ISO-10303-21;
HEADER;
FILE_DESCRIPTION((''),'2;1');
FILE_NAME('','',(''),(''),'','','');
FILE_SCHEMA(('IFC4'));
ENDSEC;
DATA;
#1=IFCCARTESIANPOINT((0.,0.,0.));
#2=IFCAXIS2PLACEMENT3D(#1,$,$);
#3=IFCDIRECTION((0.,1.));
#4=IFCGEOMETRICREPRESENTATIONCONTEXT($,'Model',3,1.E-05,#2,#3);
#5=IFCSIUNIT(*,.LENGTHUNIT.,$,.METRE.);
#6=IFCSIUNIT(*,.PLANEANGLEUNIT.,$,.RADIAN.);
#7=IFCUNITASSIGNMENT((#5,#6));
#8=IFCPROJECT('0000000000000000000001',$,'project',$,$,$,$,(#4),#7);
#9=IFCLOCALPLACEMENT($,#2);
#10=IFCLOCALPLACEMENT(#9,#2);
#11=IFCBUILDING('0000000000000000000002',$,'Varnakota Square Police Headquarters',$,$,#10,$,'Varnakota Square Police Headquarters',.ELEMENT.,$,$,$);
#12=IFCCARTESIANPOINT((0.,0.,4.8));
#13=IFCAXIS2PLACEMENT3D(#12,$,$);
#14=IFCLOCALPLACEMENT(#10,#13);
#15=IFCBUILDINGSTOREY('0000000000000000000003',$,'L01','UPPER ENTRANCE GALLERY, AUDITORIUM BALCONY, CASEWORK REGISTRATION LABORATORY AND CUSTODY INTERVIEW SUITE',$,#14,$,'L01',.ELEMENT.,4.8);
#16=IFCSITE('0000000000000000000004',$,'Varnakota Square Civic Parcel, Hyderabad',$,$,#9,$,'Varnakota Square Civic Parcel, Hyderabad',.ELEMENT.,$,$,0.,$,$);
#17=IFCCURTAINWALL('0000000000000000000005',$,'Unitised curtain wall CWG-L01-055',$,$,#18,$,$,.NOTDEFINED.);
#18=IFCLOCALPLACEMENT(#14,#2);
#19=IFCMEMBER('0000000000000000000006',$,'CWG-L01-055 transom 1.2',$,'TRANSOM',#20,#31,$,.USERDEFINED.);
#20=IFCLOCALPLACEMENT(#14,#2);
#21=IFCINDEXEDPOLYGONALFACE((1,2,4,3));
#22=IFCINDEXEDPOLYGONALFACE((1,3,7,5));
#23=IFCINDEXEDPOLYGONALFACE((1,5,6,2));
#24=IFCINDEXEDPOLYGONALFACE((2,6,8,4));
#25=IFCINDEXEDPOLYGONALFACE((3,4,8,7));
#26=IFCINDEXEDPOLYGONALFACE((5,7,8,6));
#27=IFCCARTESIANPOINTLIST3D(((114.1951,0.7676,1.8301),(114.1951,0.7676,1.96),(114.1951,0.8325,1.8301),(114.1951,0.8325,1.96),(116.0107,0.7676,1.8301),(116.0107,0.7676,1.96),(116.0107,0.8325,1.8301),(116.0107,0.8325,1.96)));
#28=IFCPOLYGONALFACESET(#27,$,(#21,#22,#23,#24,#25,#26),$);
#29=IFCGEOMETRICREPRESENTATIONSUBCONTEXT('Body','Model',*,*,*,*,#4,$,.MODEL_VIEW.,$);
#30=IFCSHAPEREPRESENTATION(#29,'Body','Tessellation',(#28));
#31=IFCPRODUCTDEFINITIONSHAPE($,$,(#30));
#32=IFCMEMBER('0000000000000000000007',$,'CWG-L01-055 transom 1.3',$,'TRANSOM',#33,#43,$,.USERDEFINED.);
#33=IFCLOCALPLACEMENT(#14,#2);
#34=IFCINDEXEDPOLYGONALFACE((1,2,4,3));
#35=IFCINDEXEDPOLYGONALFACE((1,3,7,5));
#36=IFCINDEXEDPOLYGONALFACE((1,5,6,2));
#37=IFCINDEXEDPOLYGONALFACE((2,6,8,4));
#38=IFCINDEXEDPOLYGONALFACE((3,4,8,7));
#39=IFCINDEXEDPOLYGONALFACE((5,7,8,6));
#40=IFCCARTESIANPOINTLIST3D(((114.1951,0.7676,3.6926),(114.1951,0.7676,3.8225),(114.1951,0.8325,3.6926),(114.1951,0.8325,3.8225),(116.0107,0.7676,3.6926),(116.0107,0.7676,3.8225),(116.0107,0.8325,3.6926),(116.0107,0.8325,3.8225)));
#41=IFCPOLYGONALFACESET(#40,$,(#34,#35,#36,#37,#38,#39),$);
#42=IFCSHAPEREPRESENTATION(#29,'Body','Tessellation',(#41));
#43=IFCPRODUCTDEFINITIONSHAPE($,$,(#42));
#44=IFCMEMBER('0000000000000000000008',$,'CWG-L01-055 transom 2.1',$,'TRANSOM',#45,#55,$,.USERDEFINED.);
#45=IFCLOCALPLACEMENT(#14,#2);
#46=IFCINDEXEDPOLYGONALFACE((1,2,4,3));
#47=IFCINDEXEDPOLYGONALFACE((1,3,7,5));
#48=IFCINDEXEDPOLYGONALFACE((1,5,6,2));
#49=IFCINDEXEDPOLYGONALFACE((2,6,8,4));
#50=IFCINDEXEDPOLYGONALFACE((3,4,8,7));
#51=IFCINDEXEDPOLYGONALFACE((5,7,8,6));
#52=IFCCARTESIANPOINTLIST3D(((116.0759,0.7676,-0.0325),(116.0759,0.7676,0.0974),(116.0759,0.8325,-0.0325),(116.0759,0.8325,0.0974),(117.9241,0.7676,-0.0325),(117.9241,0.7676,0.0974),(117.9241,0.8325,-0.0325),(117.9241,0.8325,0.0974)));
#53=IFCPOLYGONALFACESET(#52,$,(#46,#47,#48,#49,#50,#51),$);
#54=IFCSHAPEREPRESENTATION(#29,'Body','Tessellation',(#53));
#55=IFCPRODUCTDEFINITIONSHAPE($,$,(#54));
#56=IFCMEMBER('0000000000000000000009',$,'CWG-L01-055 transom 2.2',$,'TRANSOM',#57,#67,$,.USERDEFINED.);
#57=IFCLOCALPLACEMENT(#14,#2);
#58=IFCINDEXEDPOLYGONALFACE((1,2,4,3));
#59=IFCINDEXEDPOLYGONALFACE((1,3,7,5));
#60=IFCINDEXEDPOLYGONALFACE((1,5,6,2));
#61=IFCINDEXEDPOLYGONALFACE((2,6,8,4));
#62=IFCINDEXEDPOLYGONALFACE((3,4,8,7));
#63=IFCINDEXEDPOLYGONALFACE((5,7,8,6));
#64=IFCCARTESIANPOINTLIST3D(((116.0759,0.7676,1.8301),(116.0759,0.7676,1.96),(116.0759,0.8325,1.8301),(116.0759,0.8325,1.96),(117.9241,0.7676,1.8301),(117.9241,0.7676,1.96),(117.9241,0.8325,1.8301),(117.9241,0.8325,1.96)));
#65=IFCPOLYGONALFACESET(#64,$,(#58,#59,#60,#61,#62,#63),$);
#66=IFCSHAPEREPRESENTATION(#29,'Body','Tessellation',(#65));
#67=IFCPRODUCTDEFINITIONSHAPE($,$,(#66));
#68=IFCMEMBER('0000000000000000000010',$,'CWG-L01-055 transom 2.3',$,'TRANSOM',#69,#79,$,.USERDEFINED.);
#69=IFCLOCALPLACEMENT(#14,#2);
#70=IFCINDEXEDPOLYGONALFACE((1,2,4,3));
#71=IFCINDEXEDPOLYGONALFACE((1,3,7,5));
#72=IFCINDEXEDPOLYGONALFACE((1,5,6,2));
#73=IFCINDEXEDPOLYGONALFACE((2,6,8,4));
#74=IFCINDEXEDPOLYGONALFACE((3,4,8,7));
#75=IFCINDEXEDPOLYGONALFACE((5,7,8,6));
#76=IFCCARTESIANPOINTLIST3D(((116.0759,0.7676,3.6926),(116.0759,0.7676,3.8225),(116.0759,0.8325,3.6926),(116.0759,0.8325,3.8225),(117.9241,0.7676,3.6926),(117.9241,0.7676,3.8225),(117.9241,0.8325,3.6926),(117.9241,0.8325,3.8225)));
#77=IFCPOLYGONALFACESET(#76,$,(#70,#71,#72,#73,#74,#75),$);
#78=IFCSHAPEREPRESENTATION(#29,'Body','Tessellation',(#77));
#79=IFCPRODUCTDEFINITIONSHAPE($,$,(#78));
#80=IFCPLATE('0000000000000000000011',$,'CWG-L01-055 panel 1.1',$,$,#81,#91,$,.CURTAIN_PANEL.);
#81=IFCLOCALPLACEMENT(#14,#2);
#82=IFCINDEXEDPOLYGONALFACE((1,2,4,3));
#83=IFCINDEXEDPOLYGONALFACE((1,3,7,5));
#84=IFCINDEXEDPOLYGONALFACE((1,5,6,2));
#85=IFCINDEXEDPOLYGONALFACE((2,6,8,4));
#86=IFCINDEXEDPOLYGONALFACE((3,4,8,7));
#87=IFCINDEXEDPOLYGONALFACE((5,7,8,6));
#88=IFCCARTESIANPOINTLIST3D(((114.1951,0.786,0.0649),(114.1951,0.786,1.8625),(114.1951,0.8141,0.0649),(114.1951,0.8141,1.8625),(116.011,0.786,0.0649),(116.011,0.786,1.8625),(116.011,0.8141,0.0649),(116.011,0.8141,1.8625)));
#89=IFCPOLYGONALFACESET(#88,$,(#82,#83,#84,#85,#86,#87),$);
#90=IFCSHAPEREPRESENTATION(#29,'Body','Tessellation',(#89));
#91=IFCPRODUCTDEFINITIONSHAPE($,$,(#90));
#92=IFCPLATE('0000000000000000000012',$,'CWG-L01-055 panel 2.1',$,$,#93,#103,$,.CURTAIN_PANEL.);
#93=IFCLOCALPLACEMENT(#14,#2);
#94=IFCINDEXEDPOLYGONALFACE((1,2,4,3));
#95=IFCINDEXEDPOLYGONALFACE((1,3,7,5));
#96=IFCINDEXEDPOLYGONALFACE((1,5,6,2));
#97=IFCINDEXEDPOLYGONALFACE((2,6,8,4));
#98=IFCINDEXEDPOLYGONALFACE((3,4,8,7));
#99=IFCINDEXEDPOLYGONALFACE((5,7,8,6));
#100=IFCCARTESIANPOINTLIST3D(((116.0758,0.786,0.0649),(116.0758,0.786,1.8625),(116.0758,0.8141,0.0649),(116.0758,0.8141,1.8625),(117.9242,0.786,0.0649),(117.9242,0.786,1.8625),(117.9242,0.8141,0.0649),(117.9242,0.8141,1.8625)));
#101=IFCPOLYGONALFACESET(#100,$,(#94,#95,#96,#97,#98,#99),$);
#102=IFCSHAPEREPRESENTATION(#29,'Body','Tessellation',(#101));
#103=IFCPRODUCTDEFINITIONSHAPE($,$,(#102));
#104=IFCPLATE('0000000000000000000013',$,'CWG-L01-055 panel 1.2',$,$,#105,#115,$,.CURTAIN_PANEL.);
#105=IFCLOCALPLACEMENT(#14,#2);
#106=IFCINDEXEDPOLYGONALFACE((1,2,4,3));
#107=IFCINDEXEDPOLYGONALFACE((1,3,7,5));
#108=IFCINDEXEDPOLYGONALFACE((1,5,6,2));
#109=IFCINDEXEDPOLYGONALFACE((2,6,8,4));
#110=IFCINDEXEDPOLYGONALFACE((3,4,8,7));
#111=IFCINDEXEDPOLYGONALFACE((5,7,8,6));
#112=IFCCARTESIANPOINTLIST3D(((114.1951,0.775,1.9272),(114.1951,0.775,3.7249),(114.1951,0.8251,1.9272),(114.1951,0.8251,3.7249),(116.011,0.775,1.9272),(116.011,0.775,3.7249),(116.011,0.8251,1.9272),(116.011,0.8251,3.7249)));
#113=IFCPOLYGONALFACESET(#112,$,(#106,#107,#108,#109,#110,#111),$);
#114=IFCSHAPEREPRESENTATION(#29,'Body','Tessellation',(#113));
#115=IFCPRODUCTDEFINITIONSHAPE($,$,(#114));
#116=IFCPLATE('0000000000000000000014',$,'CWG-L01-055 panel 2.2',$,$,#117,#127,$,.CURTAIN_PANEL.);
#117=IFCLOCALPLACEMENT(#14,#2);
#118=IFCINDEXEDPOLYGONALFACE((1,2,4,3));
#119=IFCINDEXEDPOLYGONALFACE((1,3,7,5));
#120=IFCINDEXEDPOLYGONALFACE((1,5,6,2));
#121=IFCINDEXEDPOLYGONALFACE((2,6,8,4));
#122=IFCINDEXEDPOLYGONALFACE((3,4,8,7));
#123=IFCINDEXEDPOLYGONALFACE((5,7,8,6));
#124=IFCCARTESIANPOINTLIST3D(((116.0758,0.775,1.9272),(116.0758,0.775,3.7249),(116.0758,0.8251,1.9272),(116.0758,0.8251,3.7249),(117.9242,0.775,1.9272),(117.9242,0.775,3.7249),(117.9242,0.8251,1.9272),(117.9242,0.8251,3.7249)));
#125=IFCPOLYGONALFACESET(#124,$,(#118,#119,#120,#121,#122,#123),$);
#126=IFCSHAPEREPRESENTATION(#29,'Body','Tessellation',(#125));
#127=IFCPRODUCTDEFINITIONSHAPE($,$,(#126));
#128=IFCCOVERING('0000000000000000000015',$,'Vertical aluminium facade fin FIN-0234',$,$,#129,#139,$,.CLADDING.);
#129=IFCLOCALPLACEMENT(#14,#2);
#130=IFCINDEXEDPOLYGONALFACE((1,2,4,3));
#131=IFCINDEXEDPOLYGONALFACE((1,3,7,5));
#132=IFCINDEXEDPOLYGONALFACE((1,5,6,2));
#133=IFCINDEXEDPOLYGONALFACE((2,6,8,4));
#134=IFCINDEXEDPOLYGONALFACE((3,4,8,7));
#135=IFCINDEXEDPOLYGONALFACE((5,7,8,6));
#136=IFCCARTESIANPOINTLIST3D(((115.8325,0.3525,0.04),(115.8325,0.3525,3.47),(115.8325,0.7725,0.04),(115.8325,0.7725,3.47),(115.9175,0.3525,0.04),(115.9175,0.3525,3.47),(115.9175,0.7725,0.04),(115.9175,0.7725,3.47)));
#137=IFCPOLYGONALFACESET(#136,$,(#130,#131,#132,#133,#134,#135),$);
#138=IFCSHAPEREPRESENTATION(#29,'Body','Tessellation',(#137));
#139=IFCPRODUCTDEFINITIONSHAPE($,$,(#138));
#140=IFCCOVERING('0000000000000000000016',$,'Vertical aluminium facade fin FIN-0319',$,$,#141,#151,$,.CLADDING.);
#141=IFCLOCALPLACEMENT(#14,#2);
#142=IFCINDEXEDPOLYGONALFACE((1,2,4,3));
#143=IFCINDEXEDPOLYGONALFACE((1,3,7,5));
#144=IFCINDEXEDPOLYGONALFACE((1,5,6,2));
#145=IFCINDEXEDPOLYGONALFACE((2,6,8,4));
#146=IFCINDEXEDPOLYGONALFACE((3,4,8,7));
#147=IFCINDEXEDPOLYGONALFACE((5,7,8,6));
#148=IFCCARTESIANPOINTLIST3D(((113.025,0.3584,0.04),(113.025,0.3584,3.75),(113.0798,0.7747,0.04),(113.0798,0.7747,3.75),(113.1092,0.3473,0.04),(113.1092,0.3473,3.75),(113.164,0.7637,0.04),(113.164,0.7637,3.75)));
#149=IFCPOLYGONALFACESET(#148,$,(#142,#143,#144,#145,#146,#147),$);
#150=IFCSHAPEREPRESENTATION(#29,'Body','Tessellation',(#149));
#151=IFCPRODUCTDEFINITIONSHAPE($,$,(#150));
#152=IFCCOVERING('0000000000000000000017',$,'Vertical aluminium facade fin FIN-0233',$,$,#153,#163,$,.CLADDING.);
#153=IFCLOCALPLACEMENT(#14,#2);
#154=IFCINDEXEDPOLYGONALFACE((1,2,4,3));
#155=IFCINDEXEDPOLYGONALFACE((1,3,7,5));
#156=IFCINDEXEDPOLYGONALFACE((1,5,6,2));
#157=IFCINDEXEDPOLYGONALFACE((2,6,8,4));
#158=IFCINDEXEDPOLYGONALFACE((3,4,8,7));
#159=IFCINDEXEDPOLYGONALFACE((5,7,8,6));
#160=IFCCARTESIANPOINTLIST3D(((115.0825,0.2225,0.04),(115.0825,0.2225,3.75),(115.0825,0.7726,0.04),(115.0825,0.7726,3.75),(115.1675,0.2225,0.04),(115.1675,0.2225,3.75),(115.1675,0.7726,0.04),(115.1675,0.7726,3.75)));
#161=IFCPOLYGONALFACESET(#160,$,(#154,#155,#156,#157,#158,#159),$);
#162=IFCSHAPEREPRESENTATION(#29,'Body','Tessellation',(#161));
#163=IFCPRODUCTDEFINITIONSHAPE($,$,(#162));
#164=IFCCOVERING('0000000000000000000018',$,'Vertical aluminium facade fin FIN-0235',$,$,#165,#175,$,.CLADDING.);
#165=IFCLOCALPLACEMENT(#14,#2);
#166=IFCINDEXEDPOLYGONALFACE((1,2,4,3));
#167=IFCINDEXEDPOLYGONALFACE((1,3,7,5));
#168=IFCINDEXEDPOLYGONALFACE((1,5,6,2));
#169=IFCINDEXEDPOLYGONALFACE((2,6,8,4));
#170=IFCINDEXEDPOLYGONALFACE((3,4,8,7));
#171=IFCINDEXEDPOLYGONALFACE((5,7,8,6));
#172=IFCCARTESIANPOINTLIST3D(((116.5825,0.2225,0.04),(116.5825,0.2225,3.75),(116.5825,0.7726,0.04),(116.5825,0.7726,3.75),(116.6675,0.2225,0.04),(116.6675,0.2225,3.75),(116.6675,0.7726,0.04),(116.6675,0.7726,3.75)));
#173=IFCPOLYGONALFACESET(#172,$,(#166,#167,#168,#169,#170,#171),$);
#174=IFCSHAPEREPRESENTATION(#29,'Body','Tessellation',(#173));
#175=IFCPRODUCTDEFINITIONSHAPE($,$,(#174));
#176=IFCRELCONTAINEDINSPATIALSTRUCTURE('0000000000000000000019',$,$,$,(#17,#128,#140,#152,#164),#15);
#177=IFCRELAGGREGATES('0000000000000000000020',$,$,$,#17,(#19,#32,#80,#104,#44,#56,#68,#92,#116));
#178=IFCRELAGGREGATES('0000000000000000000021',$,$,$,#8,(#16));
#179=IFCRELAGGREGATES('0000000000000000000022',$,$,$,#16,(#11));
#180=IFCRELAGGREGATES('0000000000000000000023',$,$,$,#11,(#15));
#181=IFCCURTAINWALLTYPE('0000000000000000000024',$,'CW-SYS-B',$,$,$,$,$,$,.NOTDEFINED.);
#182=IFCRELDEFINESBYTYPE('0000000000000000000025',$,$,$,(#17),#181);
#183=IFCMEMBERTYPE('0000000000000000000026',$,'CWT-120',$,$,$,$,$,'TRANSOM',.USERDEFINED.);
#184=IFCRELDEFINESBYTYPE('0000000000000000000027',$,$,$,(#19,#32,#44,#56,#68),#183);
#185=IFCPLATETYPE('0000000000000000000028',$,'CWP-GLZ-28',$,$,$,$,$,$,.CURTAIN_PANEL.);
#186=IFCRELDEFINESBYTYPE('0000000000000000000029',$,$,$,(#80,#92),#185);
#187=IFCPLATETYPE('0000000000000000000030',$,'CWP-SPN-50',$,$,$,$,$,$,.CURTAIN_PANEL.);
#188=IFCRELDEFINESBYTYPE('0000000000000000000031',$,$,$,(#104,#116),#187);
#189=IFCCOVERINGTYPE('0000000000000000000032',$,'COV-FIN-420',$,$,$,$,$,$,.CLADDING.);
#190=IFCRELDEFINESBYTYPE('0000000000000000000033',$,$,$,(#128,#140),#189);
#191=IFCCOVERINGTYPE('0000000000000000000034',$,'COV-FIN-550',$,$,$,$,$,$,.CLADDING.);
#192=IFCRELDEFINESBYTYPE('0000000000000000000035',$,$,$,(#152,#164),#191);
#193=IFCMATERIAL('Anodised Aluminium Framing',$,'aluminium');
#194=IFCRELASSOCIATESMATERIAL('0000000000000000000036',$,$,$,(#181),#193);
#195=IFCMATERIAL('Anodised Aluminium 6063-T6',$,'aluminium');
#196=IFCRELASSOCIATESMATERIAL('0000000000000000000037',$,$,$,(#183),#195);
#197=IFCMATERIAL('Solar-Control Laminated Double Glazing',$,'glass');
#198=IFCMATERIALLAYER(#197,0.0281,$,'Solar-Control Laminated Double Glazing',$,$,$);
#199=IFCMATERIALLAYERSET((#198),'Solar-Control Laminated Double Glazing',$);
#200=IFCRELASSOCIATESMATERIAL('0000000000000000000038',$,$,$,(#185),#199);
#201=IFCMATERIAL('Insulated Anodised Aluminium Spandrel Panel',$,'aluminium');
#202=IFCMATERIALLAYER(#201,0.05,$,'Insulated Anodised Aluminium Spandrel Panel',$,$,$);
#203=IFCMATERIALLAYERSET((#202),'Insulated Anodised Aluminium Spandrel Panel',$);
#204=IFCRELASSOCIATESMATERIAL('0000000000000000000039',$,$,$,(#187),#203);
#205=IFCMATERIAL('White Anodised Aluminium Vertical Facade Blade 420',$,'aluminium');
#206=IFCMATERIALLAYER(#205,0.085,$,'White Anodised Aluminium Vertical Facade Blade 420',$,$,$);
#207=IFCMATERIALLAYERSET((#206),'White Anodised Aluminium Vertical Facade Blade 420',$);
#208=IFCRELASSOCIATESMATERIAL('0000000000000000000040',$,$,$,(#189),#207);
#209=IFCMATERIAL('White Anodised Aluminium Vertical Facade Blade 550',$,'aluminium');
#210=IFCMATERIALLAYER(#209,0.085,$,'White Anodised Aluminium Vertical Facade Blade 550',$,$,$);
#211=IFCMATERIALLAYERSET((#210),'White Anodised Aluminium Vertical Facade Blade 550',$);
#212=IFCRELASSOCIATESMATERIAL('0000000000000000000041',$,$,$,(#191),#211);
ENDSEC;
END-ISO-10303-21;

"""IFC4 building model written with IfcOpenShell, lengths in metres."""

from ifc_helpers import new_model, si_unit, direction, frame, origin, origin_2d, place, context, subcontext, project, spatial, rectangle, extrude, material, layer, layer_set, material_profile, profile_set, type_object, element, aggregate, save


model = new_model("IFC4")

# Units and contexts
model_context = context("Model", 3, precision=1e-05, world=origin(), true_north=direction((0.0, 1.0)))
body_context = subcontext(model_context, "Body", "Model", "MODEL_VIEW")
ifc_project = project(units=[si_unit("LENGTHUNIT", "METRE"), si_unit("PLANEANGLEUNIT", "RADIAN")], contexts=[model_context])

# Site, building, storey
site_placement = place(None, origin())
site = spatial("IfcSite", under=ifc_project, at=site_placement, Name="Varnakota Square Civic Parcel, Hyderabad", LongName="Varnakota Square Civic Parcel, Hyderabad", CompositionType="ELEMENT", RefElevation=0.0)
building_placement = place(site_placement, origin())
building = spatial("IfcBuilding", under=site, at=building_placement, Name="Varnakota Square Police Headquarters", LongName="Varnakota Square Police Headquarters", CompositionType="ELEMENT")
storey_placement = place(building_placement, frame((0.0, 0.0, 4.8)))
storey = spatial("IfcBuildingStorey", under=building, at=storey_placement, Name="L01", Description="UPPER ENTRANCE GALLERY, AUDITORIUM BALCONY, CASEWORK REGISTRATION LABORATORY AND CUSTODY INTERVIEW SUITE", LongName="L01", CompositionType="ELEMENT", Elevation=4.8)

# Curtain wall, members, plates
ifc_material_1 = material(Name="Anodised Aluminium Framing", Category="aluminium")
curtain_wall_type = type_object("IfcCurtainWallType", Name="CW-SYS-B", PredefinedType="NOTDEFINED", material=ifc_material_1)
curtain_wall_placement = place(storey_placement, origin())
curtain_wall = element("IfcCurtainWall", 1, at=curtain_wall_placement, inside=storey, type_object=curtain_wall_type, Name="Unitised curtain wall CWG-L01-055", PredefinedType="NOTDEFINED")
ifc_material_2 = material(Name="Anodised Aluminium 6063-T6", Category="aluminium")
ifc_material_profile_1 = material_profile(ifc_material_2, rectangle(XDim=0.0649, YDim=0.1299, at=origin_2d()), Name="ALU TRANSOM 65x130")
ifc_profile_set_1 = profile_set([ifc_material_profile_1], Name="Anodised Aluminium 6063-T6")
member_type_1 = type_object("IfcMemberType", Name="CWT-120", ElementType="TRANSOM", PredefinedType="USERDEFINED", material=ifc_profile_set_1)
member_1_placement = place(storey_placement, frame((114.1951, 0.8, 1.895), z_axis=(1.0, 0.0, 0.0), x_axis=(0.0, 1.0, 0.0)))
member_1 = element("IfcMember", 2, at=member_1_placement, type_object=member_type_1, Name="CWG-L01-055 transom 1.2", ObjectType="TRANSOM", PredefinedType="USERDEFINED", context=body_context, shape_type="SweptSolid", body=[
    extrude(rectangle(XDim=0.0649, YDim=0.1299, at=origin_2d()), origin(), (0.0, 0.0, 1.0), 1.8157),
])
member_2_placement = place(storey_placement, frame((114.1951, 0.8, 3.7576), z_axis=(1.0, 0.0, 0.0), x_axis=(0.0, 1.0, 0.0)))
member_2 = element("IfcMember", 3, at=member_2_placement, type_object=member_type_1, Name="CWG-L01-055 transom 1.3", ObjectType="TRANSOM", PredefinedType="USERDEFINED", context=body_context, shape_type="SweptSolid", body=[
    extrude(rectangle(XDim=0.0649, YDim=0.1299, at=origin_2d()), origin(), (0.0, 0.0, 1.0), 1.8157),
])
member_3_placement = place(storey_placement, frame((116.0759, 0.8, 0.0325), z_axis=(1.0, 0.0, 0.0), x_axis=(0.0, 1.0, 0.0)))
member_3 = element("IfcMember", 4, at=member_3_placement, type_object=member_type_1, Name="CWG-L01-055 transom 2.1", ObjectType="TRANSOM", PredefinedType="USERDEFINED", context=body_context, shape_type="SweptSolid", body=[
    extrude(rectangle(XDim=0.0649, YDim=0.1299, at=origin_2d()), origin(), (0.0, 0.0, 1.0), 1.8481),
])
member_4_placement = place(storey_placement, frame((116.0759, 0.8, 1.895), z_axis=(1.0, 0.0, 0.0), x_axis=(0.0, 1.0, 0.0)))
member_4 = element("IfcMember", 5, at=member_4_placement, type_object=member_type_1, Name="CWG-L01-055 transom 2.2", ObjectType="TRANSOM", PredefinedType="USERDEFINED", context=body_context, shape_type="SweptSolid", body=[
    extrude(rectangle(XDim=0.0649, YDim=0.1299, at=origin_2d()), origin(), (0.0, 0.0, 1.0), 1.8481),
])
member_5_placement = place(storey_placement, frame((116.0759, 0.8, 3.7576), z_axis=(1.0, 0.0, 0.0), x_axis=(0.0, 1.0, 0.0)))
member_5 = element("IfcMember", 6, at=member_5_placement, type_object=member_type_1, Name="CWG-L01-055 transom 2.3", ObjectType="TRANSOM", PredefinedType="USERDEFINED", context=body_context, shape_type="SweptSolid", body=[
    extrude(rectangle(XDim=0.0649, YDim=0.1299, at=origin_2d()), origin(), (0.0, 0.0, 1.0), 1.8481),
])
ifc_material_3 = material(Name="Solar-Control Laminated Double Glazing", Category="glass")
ifc_layer_1 = layer(ifc_material_3, 0.0281, Name="Solar-Control Laminated Double Glazing")
ifc_layer_set_1 = layer_set([ifc_layer_1], Name="Solar-Control Laminated Double Glazing")
plate_type_1 = type_object("IfcPlateType", Name="CWP-GLZ-28", PredefinedType="CURTAIN_PANEL", material=ifc_layer_set_1)
plate_1_placement = place(storey_placement, frame((115.103, 0.8, 0.0649), z_axis=(0.0, 0.0, 1.0), x_axis=(1.0, 0.0, 0.0)))
plate_1 = element("IfcPlate", 7, at=plate_1_placement, type_object=plate_type_1, Name="CWG-L01-055 panel 1.1", PredefinedType="CURTAIN_PANEL", context=body_context, shape_type="SweptSolid", body=[
    extrude(rectangle(XDim=1.8159, YDim=0.0281, at=origin_2d()), origin(), (0.0, 0.0, 1.0), 1.7976),
])
plate_2_placement = place(storey_placement, frame((117.0, 0.8, 0.0649), z_axis=(0.0, 0.0, 1.0), x_axis=(1.0, 0.0, 0.0)))
plate_2 = element("IfcPlate", 8, at=plate_2_placement, type_object=plate_type_1, Name="CWG-L01-055 panel 2.1", PredefinedType="CURTAIN_PANEL", context=body_context, shape_type="SweptSolid", body=[
    extrude(rectangle(XDim=1.8484, YDim=0.0281, at=origin_2d()), origin(), (0.0, 0.0, 1.0), 1.7976),
])
ifc_material_4 = material(Name="Insulated Anodised Aluminium Spandrel Panel", Category="aluminium")
ifc_layer_2 = layer(ifc_material_4, 0.05, Name="Insulated Anodised Aluminium Spandrel Panel")
ifc_layer_set_2 = layer_set([ifc_layer_2], Name="Insulated Anodised Aluminium Spandrel Panel")
plate_type_2 = type_object("IfcPlateType", Name="CWP-SPN-50", PredefinedType="CURTAIN_PANEL", material=ifc_layer_set_2)
plate_3_placement = place(storey_placement, frame((115.103, 0.8, 1.9272), z_axis=(0.0, 0.0, 1.0), x_axis=(1.0, 0.0, 0.0)))
plate_3 = element("IfcPlate", 9, at=plate_3_placement, type_object=plate_type_2, Name="CWG-L01-055 panel 1.2", PredefinedType="CURTAIN_PANEL", context=body_context, shape_type="SweptSolid", body=[
    extrude(rectangle(XDim=1.8159, YDim=0.05, at=origin_2d()), origin(), (0.0, 0.0, 1.0), 1.7976),
])
plate_4_placement = place(storey_placement, frame((117.0, 0.8, 1.9272), z_axis=(0.0, 0.0, 1.0), x_axis=(1.0, 0.0, 0.0)))
plate_4 = element("IfcPlate", 10, at=plate_4_placement, type_object=plate_type_2, Name="CWG-L01-055 panel 2.2", PredefinedType="CURTAIN_PANEL", context=body_context, shape_type="SweptSolid", body=[
    extrude(rectangle(XDim=1.8484, YDim=0.05, at=origin_2d()), origin(), (0.0, 0.0, 1.0), 1.7976),
])
aggregate(curtain_wall, [member_1, member_2, plate_1, plate_3, member_3, member_4, member_5, plate_2, plate_4])

# Coverings
ifc_material_5 = material(Name="White Anodised Aluminium Vertical Facade Blade 420", Category="aluminium")
ifc_layer_3 = layer(ifc_material_5, 0.085, Name="White Anodised Aluminium Vertical Facade Blade 420")
ifc_layer_set_3 = layer_set([ifc_layer_3], Name="White Anodised Aluminium Vertical Facade Blade 420")
covering_type_1 = type_object("IfcCoveringType", Name="COV-FIN-420", PredefinedType="CLADDING", material=ifc_layer_set_3)
covering_1_placement = place(storey_placement, frame((115.875, 0.5625, 0.04), z_axis=(0.0, 0.0, 1.0), x_axis=(1.0, 0.0, 0.0)))
element("IfcCovering", 11, at=covering_1_placement, inside=storey, type_object=covering_type_1, Name="Vertical aluminium facade fin FIN-0234", PredefinedType="CLADDING", context=body_context, shape_type="SweptSolid", body=[
    extrude(rectangle(XDim=0.085, YDim=0.4199, at=origin_2d()), origin(), (0.0, 0.0, 1.0), 3.4299),
])
covering_2_placement = place(storey_placement, frame((113.0945, 0.561, 0.04), z_axis=(0.0, 0.0, 1.0), x_axis=(0.991445, -0.130526, 0.0)))
element("IfcCovering", 12, at=covering_2_placement, inside=storey, type_object=covering_type_1, Name="Vertical aluminium facade fin FIN-0319", PredefinedType="CLADDING", context=body_context, shape_type="SweptSolid", body=[
    extrude(rectangle(XDim=0.085, YDim=0.4199, at=origin_2d()), origin(), (0.0, 0.0, 1.0), 3.71),
])
ifc_material_6 = material(Name="White Anodised Aluminium Vertical Facade Blade 550", Category="aluminium")
ifc_layer_4 = layer(ifc_material_6, 0.085, Name="White Anodised Aluminium Vertical Facade Blade 550")
ifc_layer_set_4 = layer_set([ifc_layer_4], Name="White Anodised Aluminium Vertical Facade Blade 550")
covering_type_2 = type_object("IfcCoveringType", Name="COV-FIN-550", PredefinedType="CLADDING", material=ifc_layer_set_4)
for number, where, z_axis, x_axis, name in (
    (13, (115.125, 0.4976, 0.04), (0.0, 0.0, 1.0), (1.0, 0.0, 0.0), "Vertical aluminium facade fin FIN-0233"),
    (14, (116.625, 0.4976, 0.04), (0.0, 0.0, 1.0), (1.0, 0.0, 0.0), "Vertical aluminium facade fin FIN-0235"),
):
    element("IfcCovering", number, at=place(storey_placement, frame(where, z_axis=z_axis, x_axis=x_axis)), inside=storey, type_object=covering_type_2, Name=name, PredefinedType="CLADDING", context=body_context, shape_type="SweptSolid", body=[
        extrude(rectangle(XDim=0.085, YDim=0.55, at=origin_2d()), origin(), (0.0, 0.0, 1.0), 3.71),
    ])

save(model, "model.ifc")
